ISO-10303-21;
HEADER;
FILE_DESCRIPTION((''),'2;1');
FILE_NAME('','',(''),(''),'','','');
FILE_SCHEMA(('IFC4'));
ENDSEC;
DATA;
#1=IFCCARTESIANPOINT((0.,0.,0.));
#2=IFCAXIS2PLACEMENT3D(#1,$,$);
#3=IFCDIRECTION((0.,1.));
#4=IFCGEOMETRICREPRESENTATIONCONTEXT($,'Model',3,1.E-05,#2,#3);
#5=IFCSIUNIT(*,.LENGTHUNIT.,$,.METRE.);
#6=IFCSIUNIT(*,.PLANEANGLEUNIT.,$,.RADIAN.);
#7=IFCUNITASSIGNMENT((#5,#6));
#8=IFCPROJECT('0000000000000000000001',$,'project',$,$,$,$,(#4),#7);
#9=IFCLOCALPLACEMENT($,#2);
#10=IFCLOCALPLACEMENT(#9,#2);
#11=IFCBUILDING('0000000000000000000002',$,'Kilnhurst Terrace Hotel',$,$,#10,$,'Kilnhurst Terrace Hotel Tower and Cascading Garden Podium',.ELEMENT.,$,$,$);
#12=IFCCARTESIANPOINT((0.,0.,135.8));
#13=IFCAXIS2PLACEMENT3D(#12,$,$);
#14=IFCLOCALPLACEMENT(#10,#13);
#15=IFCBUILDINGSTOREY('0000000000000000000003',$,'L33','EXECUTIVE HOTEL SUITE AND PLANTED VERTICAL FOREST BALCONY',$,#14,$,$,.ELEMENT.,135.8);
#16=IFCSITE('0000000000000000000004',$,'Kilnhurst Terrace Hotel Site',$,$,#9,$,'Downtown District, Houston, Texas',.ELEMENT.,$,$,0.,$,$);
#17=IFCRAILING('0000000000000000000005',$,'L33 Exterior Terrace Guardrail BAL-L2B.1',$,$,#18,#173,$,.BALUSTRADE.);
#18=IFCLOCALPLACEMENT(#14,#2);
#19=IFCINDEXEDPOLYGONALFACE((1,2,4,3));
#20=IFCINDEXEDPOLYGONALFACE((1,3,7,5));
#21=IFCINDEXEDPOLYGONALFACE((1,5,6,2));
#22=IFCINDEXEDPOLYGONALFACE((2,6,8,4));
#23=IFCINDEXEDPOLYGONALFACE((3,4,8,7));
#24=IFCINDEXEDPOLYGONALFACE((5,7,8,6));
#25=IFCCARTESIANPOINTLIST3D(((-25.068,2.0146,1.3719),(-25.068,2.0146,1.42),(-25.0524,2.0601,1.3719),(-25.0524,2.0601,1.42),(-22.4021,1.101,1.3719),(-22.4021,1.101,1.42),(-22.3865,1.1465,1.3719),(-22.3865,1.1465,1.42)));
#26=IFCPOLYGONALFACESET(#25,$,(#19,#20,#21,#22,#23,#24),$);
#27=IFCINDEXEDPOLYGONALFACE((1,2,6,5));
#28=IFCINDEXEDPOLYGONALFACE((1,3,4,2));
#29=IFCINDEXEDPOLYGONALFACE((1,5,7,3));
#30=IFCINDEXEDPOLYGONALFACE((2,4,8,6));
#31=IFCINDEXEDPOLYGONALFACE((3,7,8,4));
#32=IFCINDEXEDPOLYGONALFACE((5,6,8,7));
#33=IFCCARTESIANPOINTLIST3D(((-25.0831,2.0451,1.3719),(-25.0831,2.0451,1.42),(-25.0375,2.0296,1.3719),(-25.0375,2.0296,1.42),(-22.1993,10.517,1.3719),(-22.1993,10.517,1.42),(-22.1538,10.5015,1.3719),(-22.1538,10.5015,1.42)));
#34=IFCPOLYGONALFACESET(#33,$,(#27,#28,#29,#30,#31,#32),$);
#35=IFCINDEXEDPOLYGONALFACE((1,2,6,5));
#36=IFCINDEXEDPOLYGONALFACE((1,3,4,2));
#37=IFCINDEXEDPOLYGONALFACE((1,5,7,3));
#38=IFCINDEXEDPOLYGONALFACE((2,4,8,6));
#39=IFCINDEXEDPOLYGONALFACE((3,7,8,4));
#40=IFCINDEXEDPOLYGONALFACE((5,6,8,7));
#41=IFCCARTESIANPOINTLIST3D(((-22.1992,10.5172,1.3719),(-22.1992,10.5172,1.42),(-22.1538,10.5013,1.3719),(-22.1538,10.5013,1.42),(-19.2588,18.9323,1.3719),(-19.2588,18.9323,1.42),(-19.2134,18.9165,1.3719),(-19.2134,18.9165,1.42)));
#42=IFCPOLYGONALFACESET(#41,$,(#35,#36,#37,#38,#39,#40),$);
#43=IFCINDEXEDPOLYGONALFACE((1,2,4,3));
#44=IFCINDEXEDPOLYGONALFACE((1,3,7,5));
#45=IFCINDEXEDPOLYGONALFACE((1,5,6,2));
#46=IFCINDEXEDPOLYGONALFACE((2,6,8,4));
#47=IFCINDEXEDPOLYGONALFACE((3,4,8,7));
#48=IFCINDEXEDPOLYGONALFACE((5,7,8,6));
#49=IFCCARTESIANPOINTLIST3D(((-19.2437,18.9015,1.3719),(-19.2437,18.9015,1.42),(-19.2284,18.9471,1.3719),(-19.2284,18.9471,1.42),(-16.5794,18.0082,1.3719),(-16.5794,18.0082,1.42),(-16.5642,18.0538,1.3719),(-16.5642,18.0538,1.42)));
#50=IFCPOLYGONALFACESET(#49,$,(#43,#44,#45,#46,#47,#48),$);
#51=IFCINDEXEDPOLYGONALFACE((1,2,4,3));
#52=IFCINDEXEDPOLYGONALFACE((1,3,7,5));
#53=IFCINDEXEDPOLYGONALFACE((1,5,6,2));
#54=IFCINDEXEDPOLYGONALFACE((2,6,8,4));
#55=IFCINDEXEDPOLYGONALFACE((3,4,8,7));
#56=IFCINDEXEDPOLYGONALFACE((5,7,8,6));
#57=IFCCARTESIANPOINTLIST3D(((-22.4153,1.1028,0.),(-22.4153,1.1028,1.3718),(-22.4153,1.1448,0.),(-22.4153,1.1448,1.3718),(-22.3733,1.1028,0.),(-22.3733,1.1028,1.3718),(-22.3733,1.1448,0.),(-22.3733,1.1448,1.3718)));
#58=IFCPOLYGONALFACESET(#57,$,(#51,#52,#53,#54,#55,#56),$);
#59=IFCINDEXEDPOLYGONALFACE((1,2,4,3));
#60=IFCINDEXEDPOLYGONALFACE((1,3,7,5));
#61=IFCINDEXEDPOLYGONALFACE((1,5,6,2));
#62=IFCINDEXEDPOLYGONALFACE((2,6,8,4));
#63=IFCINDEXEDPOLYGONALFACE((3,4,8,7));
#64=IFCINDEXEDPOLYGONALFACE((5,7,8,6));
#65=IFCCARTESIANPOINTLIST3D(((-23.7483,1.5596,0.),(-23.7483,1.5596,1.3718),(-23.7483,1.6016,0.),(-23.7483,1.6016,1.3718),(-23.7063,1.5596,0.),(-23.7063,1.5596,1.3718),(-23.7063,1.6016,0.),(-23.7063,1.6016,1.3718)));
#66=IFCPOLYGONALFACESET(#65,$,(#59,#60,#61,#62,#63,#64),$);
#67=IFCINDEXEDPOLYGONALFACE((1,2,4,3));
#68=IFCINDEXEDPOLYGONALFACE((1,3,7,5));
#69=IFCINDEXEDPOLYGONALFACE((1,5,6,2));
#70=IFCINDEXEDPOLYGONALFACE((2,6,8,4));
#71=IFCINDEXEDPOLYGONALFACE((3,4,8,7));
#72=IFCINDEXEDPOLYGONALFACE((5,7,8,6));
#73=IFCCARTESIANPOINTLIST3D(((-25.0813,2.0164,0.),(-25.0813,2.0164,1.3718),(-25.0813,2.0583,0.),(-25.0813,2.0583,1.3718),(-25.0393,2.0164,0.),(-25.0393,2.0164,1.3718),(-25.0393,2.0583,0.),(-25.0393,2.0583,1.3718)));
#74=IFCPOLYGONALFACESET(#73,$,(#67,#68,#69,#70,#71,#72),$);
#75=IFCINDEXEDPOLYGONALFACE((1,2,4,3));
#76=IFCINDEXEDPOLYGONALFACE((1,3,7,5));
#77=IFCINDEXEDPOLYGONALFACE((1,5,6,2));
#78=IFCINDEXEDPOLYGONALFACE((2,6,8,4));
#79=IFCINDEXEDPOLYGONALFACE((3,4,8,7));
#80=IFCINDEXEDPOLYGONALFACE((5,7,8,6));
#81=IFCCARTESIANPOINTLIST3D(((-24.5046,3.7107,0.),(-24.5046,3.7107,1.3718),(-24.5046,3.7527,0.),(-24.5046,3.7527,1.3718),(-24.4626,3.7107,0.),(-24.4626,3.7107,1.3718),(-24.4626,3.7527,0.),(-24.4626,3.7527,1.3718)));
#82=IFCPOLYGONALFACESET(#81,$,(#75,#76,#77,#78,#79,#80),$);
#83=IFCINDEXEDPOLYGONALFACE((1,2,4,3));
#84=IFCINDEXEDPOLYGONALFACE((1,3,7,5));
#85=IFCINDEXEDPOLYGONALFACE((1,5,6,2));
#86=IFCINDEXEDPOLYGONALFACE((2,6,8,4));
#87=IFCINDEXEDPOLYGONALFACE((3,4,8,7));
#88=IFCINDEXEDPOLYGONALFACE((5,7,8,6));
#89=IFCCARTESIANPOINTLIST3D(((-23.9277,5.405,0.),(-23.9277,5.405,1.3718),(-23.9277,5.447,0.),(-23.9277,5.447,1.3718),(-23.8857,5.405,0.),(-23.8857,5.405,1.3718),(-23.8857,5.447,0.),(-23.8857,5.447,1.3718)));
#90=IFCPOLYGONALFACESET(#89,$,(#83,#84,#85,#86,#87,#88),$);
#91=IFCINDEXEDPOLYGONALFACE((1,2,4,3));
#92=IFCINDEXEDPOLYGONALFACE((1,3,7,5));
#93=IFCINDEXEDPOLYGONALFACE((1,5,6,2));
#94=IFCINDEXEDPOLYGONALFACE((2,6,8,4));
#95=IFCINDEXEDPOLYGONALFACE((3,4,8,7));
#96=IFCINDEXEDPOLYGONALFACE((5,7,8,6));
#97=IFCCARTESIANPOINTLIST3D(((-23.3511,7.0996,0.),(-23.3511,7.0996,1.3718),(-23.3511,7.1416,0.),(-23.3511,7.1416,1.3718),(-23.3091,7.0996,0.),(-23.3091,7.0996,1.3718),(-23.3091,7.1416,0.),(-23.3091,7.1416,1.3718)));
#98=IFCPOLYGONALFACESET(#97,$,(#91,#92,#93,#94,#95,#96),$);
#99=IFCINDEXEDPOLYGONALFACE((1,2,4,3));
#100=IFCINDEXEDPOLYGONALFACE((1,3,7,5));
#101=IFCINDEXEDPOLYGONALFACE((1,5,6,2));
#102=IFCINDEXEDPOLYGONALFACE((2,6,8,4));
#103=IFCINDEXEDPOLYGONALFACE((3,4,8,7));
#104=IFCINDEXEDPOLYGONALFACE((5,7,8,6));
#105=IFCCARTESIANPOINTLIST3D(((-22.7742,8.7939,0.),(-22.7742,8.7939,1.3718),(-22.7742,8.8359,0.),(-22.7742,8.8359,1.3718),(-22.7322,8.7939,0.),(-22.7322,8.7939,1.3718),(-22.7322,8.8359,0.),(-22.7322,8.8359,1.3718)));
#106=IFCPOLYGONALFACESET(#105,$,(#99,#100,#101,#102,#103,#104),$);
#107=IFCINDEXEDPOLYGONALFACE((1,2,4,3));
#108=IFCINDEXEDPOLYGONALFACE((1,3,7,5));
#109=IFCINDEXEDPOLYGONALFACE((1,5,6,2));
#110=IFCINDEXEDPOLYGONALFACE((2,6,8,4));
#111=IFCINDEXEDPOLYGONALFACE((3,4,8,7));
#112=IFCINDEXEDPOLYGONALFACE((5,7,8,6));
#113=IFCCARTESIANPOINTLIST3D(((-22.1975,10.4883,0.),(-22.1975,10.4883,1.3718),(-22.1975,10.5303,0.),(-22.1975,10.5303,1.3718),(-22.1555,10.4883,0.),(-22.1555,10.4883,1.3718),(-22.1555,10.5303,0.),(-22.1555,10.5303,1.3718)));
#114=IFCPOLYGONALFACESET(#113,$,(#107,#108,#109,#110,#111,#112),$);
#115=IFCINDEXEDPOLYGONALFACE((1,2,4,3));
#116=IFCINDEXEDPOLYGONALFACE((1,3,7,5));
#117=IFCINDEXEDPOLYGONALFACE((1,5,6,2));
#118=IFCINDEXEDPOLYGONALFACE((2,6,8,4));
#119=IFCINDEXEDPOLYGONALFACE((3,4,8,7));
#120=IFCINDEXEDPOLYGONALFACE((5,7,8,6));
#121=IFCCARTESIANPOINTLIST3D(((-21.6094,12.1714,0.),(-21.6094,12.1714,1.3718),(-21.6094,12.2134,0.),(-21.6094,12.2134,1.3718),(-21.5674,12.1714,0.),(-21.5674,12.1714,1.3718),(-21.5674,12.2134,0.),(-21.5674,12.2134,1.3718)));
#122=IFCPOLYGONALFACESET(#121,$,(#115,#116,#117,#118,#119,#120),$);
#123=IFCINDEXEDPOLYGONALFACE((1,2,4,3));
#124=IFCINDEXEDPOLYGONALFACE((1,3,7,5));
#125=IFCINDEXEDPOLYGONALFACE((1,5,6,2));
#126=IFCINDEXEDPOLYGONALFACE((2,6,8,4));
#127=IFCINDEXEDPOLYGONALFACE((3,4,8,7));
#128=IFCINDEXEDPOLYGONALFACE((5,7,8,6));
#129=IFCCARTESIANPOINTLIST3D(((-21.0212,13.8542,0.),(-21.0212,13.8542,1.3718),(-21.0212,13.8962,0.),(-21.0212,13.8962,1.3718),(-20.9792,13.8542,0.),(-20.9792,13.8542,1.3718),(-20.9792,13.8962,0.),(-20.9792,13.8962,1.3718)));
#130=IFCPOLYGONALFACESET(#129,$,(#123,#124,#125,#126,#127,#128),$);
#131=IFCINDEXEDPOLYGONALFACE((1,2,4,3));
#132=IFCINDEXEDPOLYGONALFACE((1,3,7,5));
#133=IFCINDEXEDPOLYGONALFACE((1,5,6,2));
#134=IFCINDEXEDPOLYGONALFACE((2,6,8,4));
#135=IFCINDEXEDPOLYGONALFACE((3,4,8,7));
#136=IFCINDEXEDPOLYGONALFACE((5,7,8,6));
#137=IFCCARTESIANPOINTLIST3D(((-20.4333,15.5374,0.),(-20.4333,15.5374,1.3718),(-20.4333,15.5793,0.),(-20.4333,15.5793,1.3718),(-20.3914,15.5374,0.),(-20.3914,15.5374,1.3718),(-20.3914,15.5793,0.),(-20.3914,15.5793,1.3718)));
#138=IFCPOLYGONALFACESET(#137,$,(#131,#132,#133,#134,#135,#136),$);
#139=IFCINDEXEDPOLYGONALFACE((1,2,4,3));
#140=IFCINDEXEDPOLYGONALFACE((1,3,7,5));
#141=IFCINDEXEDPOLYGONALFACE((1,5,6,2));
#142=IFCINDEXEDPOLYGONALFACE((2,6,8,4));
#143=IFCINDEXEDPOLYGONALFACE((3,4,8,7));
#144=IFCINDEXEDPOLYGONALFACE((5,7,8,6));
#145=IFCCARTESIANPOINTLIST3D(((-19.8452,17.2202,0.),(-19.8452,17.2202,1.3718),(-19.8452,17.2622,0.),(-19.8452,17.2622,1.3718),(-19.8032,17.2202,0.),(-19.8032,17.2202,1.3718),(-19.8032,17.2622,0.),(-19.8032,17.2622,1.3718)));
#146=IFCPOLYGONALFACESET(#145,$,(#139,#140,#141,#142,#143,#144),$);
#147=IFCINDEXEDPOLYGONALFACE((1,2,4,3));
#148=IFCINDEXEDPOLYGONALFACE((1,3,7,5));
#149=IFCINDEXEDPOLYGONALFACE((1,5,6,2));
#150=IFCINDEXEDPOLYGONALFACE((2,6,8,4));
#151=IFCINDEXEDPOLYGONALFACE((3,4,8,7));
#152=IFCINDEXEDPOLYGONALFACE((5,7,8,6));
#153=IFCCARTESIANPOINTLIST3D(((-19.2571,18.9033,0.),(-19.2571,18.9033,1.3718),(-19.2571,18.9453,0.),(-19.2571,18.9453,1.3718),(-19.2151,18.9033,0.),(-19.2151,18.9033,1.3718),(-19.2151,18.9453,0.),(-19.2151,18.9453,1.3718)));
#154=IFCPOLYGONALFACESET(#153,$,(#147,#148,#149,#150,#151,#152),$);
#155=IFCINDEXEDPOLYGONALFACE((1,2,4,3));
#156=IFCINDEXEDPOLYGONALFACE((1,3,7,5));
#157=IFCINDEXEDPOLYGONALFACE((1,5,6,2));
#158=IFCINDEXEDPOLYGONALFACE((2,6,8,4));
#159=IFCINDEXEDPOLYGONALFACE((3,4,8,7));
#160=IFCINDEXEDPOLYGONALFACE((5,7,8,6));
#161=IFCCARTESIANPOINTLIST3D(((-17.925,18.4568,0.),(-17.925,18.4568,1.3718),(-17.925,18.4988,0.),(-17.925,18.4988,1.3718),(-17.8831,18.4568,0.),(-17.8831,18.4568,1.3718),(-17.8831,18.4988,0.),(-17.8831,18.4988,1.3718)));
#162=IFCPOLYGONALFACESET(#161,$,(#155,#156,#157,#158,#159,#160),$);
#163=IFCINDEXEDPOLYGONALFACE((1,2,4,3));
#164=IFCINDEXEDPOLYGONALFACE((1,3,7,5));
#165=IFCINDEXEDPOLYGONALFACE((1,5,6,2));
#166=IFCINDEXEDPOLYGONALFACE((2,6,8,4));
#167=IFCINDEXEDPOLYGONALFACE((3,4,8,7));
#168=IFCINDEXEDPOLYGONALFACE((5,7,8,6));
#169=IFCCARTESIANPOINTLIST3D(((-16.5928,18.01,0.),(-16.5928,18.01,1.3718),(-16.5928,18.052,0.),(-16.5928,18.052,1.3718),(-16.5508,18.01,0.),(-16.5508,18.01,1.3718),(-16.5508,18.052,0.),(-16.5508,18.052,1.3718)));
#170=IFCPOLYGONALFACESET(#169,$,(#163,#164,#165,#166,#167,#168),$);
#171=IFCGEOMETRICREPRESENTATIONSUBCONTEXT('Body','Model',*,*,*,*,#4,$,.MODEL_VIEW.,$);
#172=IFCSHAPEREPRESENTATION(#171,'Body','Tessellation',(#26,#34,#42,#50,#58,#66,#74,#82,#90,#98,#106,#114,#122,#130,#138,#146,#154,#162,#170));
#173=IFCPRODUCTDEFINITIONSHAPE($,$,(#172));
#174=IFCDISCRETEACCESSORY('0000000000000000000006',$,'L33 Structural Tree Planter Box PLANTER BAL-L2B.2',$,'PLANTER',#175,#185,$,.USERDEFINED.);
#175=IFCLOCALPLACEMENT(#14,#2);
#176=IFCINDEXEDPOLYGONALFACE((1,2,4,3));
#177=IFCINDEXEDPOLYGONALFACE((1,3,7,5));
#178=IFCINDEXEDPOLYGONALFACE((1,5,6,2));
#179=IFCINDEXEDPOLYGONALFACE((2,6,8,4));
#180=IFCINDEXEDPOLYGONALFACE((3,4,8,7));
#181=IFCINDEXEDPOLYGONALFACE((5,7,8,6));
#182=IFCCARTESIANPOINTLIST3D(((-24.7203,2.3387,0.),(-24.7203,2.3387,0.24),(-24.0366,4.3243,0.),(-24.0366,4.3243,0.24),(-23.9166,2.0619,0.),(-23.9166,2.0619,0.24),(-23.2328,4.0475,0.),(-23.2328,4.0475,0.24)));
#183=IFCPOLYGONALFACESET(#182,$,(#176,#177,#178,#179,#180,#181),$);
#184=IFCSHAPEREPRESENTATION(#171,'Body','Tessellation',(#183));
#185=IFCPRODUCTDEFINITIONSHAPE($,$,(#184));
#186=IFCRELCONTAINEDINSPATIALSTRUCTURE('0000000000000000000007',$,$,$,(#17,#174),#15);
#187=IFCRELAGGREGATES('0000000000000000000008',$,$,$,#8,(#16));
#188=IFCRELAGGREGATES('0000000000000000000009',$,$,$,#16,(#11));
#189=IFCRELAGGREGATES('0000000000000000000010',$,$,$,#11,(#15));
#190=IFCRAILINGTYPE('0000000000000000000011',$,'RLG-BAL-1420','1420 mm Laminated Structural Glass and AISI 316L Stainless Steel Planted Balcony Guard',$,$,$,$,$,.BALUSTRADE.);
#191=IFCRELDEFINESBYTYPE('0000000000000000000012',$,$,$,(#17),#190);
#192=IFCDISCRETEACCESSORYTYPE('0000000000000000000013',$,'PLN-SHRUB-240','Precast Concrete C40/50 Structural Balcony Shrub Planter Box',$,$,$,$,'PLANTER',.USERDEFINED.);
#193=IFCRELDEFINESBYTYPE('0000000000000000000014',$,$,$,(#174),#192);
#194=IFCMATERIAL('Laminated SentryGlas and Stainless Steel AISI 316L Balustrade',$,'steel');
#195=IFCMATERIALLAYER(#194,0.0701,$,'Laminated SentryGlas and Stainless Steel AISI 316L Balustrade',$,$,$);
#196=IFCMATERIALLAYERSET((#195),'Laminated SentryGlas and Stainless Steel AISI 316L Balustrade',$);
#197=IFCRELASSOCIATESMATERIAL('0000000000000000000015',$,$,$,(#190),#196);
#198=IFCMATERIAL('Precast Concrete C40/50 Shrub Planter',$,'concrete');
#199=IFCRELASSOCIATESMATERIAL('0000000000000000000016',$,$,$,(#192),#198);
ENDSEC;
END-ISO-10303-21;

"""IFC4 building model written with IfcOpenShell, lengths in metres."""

from ifc_helpers import new_model, si_unit, direction, frame, origin, origin_2d, place, context, subcontext, project, spatial, rectangle, extrude, material, layer, layer_set, type_object, element, save


model = new_model("IFC4")

# Units and contexts
model_context = context("Model", 3, precision=1e-05, world=origin(), true_north=direction((0.0, 1.0)))
body_context = subcontext(model_context, "Body", "Model", "MODEL_VIEW")
ifc_project = project(units=[si_unit("LENGTHUNIT", "METRE"), si_unit("PLANEANGLEUNIT", "RADIAN")], contexts=[model_context])

# Site, building, storey
site_placement = place(None, origin())
site = spatial("IfcSite", under=ifc_project, at=site_placement, Name="Kilnhurst Terrace Hotel Site", LongName="Downtown District, Houston, Texas", CompositionType="ELEMENT", RefElevation=0.0)
building_placement = place(site_placement, origin())
building = spatial("IfcBuilding", under=site, at=building_placement, Name="Kilnhurst Terrace Hotel", LongName="Kilnhurst Terrace Hotel Tower and Cascading Garden Podium", CompositionType="ELEMENT")
storey_placement = place(building_placement, frame((0.0, 0.0, 135.8)))
storey = spatial("IfcBuildingStorey", under=building, at=storey_placement, Name="L33", Description="EXECUTIVE HOTEL SUITE AND PLANTED VERTICAL FOREST BALCONY", CompositionType="ELEMENT", Elevation=135.8)

# Railing
ifc_material_1 = material(Name="Laminated SentryGlas and Stainless Steel AISI 316L Balustrade", Category="steel")
ifc_layer_1 = layer(ifc_material_1, 0.0701, Name="Laminated SentryGlas and Stainless Steel AISI 316L Balustrade")
ifc_layer_set_1 = layer_set([ifc_layer_1], Name="Laminated SentryGlas and Stainless Steel AISI 316L Balustrade")
railing_type = type_object("IfcRailingType", Name="RLG-BAL-1420", Description="1420 mm Laminated Structural Glass and AISI 316L Stainless Steel Planted Balcony Guard", PredefinedType="BALUSTRADE", material=ifc_layer_set_1)
railing_placement = place(storey_placement, frame((-22.3943, 1.1238, 0.0)))
element("IfcRailing", 1, at=railing_placement, inside=storey, type_object=railing_type, Name="L33 Exterior Terrace Guardrail BAL-L2B.1", PredefinedType="BALUSTRADE", context=body_context, shape_type="SweptSolid", body=[
    extrude(rectangle(XDim=0.0481, YDim=0.0481, at=origin_2d()), frame((0.0, 0.0, 1.396), z_axis=(-0.945999, 0.324169, 0.0), x_axis=(-0.324169, -0.945999, 0.0)), (0.0, 0.0, 1.0), 2.8181),
    extrude(rectangle(XDim=0.0481, YDim=0.0481, at=origin_2d()), frame((-2.666, 0.9136, 1.396), z_axis=(0.322237, 0.946659, 0.0), x_axis=(-0.946659, 0.322237, 0.0)), (0.0, 0.0, 1.0), 8.9492),
    extrude(rectangle(XDim=0.0481, YDim=0.0481, at=origin_2d()), frame((0.2178, 9.3855, 1.396), z_axis=(0.329867, 0.944027, 0.0), x_axis=(-0.944027, 0.329867, 0.0)), (0.0, 0.0, 1.0), 8.9141),
    extrude(rectangle(XDim=0.0481, YDim=0.0481, at=origin_2d()), frame((3.1582, 17.8005, 1.396), z_axis=(0.948126, -0.317895, 0.0), x_axis=(0.317895, 0.948126, 0.0)), (0.0, 0.0, 1.0), 2.8101),
    extrude(rectangle(XDim=0.042, YDim=0.042, at=origin_2d()), origin(), (0.0, 0.0, 1.0), 1.3718),
    extrude(rectangle(XDim=0.042, YDim=0.042, at=origin_2d()), frame((-1.333, 0.4568, 0.0)), (0.0, 0.0, 1.0), 1.3718),
    extrude(rectangle(XDim=0.042, YDim=0.042, at=origin_2d()), frame((-2.666, 0.9136, 0.0)), (0.0, 0.0, 1.0), 1.3718),
    extrude(rectangle(XDim=0.042, YDim=0.042, at=origin_2d()), frame((-2.0894, 2.6079, 0.0)), (0.0, 0.0, 1.0), 1.3718),
    extrude(rectangle(XDim=0.042, YDim=0.042, at=origin_2d()), frame((-1.5125, 4.3022, 0.0)), (0.0, 0.0, 1.0), 1.3718),
    extrude(rectangle(XDim=0.042, YDim=0.042, at=origin_2d()), frame((-0.9358, 5.9968, 0.0)), (0.0, 0.0, 1.0), 1.3718),
    extrude(rectangle(XDim=0.042, YDim=0.042, at=origin_2d()), frame((-0.3589, 7.6912, 0.0)), (0.0, 0.0, 1.0), 1.3718),
    extrude(rectangle(XDim=0.042, YDim=0.042, at=origin_2d()), frame((0.2178, 9.3855, 0.0)), (0.0, 0.0, 1.0), 1.3718),
    extrude(rectangle(XDim=0.042, YDim=0.042, at=origin_2d()), frame((0.8059, 11.0686, 0.0)), (0.0, 0.0, 1.0), 1.3718),
    extrude(rectangle(XDim=0.042, YDim=0.042, at=origin_2d()), frame((1.394, 12.7515, 0.0)), (0.0, 0.0, 1.0), 1.3718),
    extrude(rectangle(XDim=0.042, YDim=0.042, at=origin_2d()), frame((1.9819, 14.4346, 0.0)), (0.0, 0.0, 1.0), 1.3718),
    extrude(rectangle(XDim=0.042, YDim=0.042, at=origin_2d()), frame((2.5701, 16.1174, 0.0)), (0.0, 0.0, 1.0), 1.3718),
    extrude(rectangle(XDim=0.042, YDim=0.042, at=origin_2d()), frame((3.1582, 17.8005, 0.0)), (0.0, 0.0, 1.0), 1.3718),
    extrude(rectangle(XDim=0.042, YDim=0.042, at=origin_2d()), frame((4.4902, 17.354, 0.0)), (0.0, 0.0, 1.0), 1.3718),
    extrude(rectangle(XDim=0.042, YDim=0.042, at=origin_2d()), frame((5.8225, 16.9072, 0.0)), (0.0, 0.0, 1.0), 1.3718),
])

# Discrete accessory
ifc_material_2 = material(Name="Precast Concrete C40/50 Shrub Planter", Category="concrete")
discrete_accessory_type = type_object("IfcDiscreteAccessoryType", Name="PLN-SHRUB-240", Description="Precast Concrete C40/50 Structural Balcony Shrub Planter Box", ElementType="PLANTER", PredefinedType="USERDEFINED", material=ifc_material_2)
discrete_accessory_placement = place(storey_placement, frame((-23.9766, 3.1931, 0.0), z_axis=(0.0, 0.0, 1.0), x_axis=(-0.325601, -0.945507, 0.0)))
element("IfcDiscreteAccessory", 2, at=discrete_accessory_placement, inside=storey, type_object=discrete_accessory_type, Name="L33 Structural Tree Planter Box PLANTER BAL-L2B.2", ObjectType="PLANTER", PredefinedType="USERDEFINED", context=body_context, shape_type="SweptSolid", body=[
    extrude(rectangle(XDim=2.1001, YDim=0.8501, at=origin_2d()), origin(), (0.0, 0.0, 1.0), 0.24),
])

save(model, "model.ifc")
